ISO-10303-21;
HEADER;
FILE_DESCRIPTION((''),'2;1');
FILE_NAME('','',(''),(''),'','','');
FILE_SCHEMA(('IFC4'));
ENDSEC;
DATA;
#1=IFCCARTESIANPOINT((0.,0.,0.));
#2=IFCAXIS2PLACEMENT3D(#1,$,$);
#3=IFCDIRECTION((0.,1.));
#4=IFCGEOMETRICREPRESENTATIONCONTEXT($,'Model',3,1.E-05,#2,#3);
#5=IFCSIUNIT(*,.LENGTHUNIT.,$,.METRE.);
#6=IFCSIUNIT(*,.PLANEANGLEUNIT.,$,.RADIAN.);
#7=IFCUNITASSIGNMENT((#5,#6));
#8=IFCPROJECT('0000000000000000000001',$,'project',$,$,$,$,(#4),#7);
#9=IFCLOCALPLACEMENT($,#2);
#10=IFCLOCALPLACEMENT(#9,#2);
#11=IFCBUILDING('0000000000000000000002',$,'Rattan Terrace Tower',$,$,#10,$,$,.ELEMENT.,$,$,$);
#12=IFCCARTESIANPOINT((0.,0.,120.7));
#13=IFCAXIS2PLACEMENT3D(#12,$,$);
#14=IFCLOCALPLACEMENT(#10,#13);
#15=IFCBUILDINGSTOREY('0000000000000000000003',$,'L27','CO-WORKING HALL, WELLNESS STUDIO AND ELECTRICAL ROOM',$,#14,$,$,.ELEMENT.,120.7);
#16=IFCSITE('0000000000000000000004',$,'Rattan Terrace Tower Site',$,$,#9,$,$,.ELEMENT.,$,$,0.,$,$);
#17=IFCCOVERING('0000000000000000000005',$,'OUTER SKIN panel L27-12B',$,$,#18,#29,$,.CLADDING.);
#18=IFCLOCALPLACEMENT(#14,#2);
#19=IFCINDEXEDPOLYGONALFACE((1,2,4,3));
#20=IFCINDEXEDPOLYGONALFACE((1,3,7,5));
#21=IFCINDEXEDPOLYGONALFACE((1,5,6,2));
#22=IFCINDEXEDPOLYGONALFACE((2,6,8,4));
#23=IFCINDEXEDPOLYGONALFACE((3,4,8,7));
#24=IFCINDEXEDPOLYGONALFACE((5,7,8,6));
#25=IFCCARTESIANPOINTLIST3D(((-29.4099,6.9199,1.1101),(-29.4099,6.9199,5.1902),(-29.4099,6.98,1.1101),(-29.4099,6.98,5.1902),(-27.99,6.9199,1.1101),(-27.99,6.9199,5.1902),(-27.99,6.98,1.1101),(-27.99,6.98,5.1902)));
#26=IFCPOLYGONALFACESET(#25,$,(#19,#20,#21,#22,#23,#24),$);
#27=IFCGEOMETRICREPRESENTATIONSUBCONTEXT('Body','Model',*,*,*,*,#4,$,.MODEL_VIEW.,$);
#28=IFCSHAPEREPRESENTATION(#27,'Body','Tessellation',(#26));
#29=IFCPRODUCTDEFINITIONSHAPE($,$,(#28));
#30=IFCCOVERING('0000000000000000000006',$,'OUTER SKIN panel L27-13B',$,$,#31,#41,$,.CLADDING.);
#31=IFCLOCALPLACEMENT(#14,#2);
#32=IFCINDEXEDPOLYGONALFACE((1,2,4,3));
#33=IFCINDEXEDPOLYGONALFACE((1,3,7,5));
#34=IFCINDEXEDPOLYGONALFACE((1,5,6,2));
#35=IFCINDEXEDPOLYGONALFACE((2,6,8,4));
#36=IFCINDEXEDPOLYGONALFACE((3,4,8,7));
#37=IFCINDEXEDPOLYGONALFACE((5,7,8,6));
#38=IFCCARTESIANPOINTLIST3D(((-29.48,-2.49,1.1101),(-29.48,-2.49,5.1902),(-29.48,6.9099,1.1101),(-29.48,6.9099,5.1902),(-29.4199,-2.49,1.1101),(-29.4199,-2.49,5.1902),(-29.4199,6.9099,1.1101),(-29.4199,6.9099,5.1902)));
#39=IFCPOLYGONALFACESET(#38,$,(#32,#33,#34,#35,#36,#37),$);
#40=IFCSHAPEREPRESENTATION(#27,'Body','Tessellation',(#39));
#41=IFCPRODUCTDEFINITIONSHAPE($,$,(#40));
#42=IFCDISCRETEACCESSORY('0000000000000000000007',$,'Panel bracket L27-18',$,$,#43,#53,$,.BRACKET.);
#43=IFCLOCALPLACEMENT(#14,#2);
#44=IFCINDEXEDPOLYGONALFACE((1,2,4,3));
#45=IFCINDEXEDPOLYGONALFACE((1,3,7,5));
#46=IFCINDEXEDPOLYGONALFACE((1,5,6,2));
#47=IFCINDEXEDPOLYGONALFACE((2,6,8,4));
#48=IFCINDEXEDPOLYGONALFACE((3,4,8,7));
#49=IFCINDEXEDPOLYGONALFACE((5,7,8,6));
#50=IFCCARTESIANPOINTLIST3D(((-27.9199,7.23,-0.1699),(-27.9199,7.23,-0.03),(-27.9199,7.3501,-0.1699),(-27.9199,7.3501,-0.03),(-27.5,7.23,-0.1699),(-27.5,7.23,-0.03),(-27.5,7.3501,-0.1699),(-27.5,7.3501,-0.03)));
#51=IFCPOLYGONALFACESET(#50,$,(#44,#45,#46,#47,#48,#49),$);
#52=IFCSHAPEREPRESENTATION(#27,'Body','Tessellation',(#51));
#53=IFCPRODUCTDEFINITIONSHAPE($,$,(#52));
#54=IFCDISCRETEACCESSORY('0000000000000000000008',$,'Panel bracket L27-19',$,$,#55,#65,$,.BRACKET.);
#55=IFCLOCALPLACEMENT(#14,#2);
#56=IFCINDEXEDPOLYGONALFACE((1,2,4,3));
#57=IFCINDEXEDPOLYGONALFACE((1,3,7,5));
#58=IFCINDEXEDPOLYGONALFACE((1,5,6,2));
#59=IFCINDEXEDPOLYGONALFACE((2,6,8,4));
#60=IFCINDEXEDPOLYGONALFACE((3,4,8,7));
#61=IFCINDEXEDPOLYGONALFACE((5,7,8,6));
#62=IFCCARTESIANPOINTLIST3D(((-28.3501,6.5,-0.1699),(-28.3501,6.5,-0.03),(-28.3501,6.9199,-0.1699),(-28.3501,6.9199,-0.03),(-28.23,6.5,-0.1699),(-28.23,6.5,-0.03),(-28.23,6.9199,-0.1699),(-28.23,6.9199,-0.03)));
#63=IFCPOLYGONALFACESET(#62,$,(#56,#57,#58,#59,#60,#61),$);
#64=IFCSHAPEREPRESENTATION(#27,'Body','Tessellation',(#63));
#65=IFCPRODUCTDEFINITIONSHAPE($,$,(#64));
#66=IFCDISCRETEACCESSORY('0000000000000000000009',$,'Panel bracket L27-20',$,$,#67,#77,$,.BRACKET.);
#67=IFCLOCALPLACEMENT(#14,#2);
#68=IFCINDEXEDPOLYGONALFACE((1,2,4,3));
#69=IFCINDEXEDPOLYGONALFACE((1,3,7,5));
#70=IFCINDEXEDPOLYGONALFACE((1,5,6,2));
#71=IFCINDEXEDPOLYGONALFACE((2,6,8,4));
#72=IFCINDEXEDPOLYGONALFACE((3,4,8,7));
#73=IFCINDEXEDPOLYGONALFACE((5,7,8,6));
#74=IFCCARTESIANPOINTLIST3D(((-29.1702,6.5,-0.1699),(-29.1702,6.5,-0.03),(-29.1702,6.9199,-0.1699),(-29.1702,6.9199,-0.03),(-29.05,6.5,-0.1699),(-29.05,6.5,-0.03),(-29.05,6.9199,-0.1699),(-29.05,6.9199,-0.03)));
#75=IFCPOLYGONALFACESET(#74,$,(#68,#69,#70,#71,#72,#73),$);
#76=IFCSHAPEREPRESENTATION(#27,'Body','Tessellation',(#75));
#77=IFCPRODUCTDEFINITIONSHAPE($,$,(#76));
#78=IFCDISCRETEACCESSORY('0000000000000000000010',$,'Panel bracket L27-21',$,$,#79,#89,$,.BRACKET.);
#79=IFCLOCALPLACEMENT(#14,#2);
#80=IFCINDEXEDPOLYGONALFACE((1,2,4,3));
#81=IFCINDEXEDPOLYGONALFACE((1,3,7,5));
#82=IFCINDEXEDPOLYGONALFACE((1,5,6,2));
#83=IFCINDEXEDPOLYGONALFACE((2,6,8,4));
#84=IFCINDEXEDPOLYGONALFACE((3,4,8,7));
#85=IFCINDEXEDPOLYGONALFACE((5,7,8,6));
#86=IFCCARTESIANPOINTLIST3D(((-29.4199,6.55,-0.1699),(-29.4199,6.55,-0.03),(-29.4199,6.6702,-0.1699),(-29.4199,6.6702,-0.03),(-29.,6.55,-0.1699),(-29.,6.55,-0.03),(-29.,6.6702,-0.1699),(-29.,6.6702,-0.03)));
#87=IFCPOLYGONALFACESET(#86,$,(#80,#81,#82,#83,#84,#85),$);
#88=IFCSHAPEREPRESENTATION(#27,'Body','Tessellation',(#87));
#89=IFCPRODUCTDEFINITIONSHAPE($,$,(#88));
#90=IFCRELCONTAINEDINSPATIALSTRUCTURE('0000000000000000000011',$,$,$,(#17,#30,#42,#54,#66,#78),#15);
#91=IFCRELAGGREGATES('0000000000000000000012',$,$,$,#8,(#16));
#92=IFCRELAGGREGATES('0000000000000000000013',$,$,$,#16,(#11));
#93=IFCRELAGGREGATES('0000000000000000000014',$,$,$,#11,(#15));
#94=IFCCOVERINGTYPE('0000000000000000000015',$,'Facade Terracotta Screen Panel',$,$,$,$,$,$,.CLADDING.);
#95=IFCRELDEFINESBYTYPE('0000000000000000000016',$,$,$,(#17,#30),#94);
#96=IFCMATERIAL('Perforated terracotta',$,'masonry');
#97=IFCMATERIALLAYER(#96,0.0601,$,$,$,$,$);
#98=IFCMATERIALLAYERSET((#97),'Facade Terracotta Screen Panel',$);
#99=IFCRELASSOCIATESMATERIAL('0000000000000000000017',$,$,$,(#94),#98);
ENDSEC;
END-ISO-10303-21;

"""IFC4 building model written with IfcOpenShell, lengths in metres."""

from ifc_helpers import new_model, si_unit, direction, frame, origin, origin_2d, place, context, subcontext, project, spatial, rectangle, extrude, material, layer, layer_set, type_object, element, save


model = new_model("IFC4")

# Units and contexts
model_context = context("Model", 3, precision=1e-05, world=origin(), true_north=direction((0.0, 1.0)))
body_context = subcontext(model_context, "Body", "Model", "MODEL_VIEW")
ifc_project = project(units=[si_unit("LENGTHUNIT", "METRE"), si_unit("PLANEANGLEUNIT", "RADIAN")], contexts=[model_context])

# Site, building, storey
site_placement = place(None, origin())
site = spatial("IfcSite", under=ifc_project, at=site_placement, Name="Rattan Terrace Tower Site", CompositionType="ELEMENT", RefElevation=0.0)
building_placement = place(site_placement, origin())
building = spatial("IfcBuilding", under=site, at=building_placement, Name="Rattan Terrace Tower", CompositionType="ELEMENT")
storey_placement = place(building_placement, frame((0.0, 0.0, 120.7)))
storey = spatial("IfcBuildingStorey", under=building, at=storey_placement, Name="L27", Description="CO-WORKING HALL, WELLNESS STUDIO AND ELECTRICAL ROOM", CompositionType="ELEMENT", Elevation=120.7)

# Coverings
ifc_material_1 = material(Name="Perforated terracotta", Category="masonry")
ifc_layer_1 = layer(ifc_material_1, 0.0601)
ifc_layer_set_1 = layer_set([ifc_layer_1], Name="Facade Terracotta Screen Panel")
covering_type_1 = type_object("IfcCoveringType", Name="Facade Terracotta Screen Panel", PredefinedType="CLADDING", material=ifc_layer_set_1)
covering_1_placement = place(storey_placement, frame((-28.7, 6.95, 1.1101), z_axis=(0.0, 0.0, 1.0), x_axis=(-1.0, 0.0, 0.0)))
element("IfcCovering", 1, at=covering_1_placement, inside=storey, type_object=covering_type_1, Name="OUTER SKIN panel L27-12B", PredefinedType="CLADDING", context=body_context, shape_type="SweptSolid", body=[
    extrude(rectangle(XDim=1.4199, YDim=0.0601, at=origin_2d()), origin(), (0.0, 0.0, 1.0), 4.0801),
])
covering_2_placement = place(storey_placement, frame((-29.45, 2.21, 1.1101), z_axis=(0.0, 0.0, 1.0), x_axis=(0.0, -1.0, 0.0)))
element("IfcCovering", 2, at=covering_2_placement, inside=storey, type_object=covering_type_1, Name="OUTER SKIN panel L27-13B", PredefinedType="CLADDING", context=body_context, shape_type="SweptSolid", body=[
    extrude(rectangle(XDim=9.3999, YDim=0.0601, at=origin_2d()), origin(), (0.0, 0.0, 1.0), 4.0801),
])

# Discrete accessories
for number, where, z_axis, x_axis, name in (
    (3, (-27.71, 7.29, -0.1699), (0.0, 0.0, 1.0), (0.0, -1.0, 0.0), "Panel bracket L27-18"),
    (4, (-28.29, 6.71, -0.1699), (0.0, 0.0, 1.0), (-1.0, 0.0, 0.0), "Panel bracket L27-19"),
    (5, (-29.1101, 6.71, -0.1699), (0.0, 0.0, 1.0), (-1.0, 0.0, 0.0), "Panel bracket L27-20"),
    (6, (-29.21, 6.6101, -0.1699), (0.0, 0.0, 1.0), (0.0, -1.0, 0.0), "Panel bracket L27-21"),
):
    element("IfcDiscreteAccessory", number, at=place(storey_placement, frame(where, z_axis=z_axis, x_axis=x_axis)), inside=storey, Name=name, PredefinedType="BRACKET", context=body_context, shape_type="SweptSolid", body=[
        extrude(rectangle(XDim=0.1201, YDim=0.4199, at=origin_2d()), origin(), (0.0, 0.0, 1.0), 0.1399),
    ])

save(model, "model.ifc")
